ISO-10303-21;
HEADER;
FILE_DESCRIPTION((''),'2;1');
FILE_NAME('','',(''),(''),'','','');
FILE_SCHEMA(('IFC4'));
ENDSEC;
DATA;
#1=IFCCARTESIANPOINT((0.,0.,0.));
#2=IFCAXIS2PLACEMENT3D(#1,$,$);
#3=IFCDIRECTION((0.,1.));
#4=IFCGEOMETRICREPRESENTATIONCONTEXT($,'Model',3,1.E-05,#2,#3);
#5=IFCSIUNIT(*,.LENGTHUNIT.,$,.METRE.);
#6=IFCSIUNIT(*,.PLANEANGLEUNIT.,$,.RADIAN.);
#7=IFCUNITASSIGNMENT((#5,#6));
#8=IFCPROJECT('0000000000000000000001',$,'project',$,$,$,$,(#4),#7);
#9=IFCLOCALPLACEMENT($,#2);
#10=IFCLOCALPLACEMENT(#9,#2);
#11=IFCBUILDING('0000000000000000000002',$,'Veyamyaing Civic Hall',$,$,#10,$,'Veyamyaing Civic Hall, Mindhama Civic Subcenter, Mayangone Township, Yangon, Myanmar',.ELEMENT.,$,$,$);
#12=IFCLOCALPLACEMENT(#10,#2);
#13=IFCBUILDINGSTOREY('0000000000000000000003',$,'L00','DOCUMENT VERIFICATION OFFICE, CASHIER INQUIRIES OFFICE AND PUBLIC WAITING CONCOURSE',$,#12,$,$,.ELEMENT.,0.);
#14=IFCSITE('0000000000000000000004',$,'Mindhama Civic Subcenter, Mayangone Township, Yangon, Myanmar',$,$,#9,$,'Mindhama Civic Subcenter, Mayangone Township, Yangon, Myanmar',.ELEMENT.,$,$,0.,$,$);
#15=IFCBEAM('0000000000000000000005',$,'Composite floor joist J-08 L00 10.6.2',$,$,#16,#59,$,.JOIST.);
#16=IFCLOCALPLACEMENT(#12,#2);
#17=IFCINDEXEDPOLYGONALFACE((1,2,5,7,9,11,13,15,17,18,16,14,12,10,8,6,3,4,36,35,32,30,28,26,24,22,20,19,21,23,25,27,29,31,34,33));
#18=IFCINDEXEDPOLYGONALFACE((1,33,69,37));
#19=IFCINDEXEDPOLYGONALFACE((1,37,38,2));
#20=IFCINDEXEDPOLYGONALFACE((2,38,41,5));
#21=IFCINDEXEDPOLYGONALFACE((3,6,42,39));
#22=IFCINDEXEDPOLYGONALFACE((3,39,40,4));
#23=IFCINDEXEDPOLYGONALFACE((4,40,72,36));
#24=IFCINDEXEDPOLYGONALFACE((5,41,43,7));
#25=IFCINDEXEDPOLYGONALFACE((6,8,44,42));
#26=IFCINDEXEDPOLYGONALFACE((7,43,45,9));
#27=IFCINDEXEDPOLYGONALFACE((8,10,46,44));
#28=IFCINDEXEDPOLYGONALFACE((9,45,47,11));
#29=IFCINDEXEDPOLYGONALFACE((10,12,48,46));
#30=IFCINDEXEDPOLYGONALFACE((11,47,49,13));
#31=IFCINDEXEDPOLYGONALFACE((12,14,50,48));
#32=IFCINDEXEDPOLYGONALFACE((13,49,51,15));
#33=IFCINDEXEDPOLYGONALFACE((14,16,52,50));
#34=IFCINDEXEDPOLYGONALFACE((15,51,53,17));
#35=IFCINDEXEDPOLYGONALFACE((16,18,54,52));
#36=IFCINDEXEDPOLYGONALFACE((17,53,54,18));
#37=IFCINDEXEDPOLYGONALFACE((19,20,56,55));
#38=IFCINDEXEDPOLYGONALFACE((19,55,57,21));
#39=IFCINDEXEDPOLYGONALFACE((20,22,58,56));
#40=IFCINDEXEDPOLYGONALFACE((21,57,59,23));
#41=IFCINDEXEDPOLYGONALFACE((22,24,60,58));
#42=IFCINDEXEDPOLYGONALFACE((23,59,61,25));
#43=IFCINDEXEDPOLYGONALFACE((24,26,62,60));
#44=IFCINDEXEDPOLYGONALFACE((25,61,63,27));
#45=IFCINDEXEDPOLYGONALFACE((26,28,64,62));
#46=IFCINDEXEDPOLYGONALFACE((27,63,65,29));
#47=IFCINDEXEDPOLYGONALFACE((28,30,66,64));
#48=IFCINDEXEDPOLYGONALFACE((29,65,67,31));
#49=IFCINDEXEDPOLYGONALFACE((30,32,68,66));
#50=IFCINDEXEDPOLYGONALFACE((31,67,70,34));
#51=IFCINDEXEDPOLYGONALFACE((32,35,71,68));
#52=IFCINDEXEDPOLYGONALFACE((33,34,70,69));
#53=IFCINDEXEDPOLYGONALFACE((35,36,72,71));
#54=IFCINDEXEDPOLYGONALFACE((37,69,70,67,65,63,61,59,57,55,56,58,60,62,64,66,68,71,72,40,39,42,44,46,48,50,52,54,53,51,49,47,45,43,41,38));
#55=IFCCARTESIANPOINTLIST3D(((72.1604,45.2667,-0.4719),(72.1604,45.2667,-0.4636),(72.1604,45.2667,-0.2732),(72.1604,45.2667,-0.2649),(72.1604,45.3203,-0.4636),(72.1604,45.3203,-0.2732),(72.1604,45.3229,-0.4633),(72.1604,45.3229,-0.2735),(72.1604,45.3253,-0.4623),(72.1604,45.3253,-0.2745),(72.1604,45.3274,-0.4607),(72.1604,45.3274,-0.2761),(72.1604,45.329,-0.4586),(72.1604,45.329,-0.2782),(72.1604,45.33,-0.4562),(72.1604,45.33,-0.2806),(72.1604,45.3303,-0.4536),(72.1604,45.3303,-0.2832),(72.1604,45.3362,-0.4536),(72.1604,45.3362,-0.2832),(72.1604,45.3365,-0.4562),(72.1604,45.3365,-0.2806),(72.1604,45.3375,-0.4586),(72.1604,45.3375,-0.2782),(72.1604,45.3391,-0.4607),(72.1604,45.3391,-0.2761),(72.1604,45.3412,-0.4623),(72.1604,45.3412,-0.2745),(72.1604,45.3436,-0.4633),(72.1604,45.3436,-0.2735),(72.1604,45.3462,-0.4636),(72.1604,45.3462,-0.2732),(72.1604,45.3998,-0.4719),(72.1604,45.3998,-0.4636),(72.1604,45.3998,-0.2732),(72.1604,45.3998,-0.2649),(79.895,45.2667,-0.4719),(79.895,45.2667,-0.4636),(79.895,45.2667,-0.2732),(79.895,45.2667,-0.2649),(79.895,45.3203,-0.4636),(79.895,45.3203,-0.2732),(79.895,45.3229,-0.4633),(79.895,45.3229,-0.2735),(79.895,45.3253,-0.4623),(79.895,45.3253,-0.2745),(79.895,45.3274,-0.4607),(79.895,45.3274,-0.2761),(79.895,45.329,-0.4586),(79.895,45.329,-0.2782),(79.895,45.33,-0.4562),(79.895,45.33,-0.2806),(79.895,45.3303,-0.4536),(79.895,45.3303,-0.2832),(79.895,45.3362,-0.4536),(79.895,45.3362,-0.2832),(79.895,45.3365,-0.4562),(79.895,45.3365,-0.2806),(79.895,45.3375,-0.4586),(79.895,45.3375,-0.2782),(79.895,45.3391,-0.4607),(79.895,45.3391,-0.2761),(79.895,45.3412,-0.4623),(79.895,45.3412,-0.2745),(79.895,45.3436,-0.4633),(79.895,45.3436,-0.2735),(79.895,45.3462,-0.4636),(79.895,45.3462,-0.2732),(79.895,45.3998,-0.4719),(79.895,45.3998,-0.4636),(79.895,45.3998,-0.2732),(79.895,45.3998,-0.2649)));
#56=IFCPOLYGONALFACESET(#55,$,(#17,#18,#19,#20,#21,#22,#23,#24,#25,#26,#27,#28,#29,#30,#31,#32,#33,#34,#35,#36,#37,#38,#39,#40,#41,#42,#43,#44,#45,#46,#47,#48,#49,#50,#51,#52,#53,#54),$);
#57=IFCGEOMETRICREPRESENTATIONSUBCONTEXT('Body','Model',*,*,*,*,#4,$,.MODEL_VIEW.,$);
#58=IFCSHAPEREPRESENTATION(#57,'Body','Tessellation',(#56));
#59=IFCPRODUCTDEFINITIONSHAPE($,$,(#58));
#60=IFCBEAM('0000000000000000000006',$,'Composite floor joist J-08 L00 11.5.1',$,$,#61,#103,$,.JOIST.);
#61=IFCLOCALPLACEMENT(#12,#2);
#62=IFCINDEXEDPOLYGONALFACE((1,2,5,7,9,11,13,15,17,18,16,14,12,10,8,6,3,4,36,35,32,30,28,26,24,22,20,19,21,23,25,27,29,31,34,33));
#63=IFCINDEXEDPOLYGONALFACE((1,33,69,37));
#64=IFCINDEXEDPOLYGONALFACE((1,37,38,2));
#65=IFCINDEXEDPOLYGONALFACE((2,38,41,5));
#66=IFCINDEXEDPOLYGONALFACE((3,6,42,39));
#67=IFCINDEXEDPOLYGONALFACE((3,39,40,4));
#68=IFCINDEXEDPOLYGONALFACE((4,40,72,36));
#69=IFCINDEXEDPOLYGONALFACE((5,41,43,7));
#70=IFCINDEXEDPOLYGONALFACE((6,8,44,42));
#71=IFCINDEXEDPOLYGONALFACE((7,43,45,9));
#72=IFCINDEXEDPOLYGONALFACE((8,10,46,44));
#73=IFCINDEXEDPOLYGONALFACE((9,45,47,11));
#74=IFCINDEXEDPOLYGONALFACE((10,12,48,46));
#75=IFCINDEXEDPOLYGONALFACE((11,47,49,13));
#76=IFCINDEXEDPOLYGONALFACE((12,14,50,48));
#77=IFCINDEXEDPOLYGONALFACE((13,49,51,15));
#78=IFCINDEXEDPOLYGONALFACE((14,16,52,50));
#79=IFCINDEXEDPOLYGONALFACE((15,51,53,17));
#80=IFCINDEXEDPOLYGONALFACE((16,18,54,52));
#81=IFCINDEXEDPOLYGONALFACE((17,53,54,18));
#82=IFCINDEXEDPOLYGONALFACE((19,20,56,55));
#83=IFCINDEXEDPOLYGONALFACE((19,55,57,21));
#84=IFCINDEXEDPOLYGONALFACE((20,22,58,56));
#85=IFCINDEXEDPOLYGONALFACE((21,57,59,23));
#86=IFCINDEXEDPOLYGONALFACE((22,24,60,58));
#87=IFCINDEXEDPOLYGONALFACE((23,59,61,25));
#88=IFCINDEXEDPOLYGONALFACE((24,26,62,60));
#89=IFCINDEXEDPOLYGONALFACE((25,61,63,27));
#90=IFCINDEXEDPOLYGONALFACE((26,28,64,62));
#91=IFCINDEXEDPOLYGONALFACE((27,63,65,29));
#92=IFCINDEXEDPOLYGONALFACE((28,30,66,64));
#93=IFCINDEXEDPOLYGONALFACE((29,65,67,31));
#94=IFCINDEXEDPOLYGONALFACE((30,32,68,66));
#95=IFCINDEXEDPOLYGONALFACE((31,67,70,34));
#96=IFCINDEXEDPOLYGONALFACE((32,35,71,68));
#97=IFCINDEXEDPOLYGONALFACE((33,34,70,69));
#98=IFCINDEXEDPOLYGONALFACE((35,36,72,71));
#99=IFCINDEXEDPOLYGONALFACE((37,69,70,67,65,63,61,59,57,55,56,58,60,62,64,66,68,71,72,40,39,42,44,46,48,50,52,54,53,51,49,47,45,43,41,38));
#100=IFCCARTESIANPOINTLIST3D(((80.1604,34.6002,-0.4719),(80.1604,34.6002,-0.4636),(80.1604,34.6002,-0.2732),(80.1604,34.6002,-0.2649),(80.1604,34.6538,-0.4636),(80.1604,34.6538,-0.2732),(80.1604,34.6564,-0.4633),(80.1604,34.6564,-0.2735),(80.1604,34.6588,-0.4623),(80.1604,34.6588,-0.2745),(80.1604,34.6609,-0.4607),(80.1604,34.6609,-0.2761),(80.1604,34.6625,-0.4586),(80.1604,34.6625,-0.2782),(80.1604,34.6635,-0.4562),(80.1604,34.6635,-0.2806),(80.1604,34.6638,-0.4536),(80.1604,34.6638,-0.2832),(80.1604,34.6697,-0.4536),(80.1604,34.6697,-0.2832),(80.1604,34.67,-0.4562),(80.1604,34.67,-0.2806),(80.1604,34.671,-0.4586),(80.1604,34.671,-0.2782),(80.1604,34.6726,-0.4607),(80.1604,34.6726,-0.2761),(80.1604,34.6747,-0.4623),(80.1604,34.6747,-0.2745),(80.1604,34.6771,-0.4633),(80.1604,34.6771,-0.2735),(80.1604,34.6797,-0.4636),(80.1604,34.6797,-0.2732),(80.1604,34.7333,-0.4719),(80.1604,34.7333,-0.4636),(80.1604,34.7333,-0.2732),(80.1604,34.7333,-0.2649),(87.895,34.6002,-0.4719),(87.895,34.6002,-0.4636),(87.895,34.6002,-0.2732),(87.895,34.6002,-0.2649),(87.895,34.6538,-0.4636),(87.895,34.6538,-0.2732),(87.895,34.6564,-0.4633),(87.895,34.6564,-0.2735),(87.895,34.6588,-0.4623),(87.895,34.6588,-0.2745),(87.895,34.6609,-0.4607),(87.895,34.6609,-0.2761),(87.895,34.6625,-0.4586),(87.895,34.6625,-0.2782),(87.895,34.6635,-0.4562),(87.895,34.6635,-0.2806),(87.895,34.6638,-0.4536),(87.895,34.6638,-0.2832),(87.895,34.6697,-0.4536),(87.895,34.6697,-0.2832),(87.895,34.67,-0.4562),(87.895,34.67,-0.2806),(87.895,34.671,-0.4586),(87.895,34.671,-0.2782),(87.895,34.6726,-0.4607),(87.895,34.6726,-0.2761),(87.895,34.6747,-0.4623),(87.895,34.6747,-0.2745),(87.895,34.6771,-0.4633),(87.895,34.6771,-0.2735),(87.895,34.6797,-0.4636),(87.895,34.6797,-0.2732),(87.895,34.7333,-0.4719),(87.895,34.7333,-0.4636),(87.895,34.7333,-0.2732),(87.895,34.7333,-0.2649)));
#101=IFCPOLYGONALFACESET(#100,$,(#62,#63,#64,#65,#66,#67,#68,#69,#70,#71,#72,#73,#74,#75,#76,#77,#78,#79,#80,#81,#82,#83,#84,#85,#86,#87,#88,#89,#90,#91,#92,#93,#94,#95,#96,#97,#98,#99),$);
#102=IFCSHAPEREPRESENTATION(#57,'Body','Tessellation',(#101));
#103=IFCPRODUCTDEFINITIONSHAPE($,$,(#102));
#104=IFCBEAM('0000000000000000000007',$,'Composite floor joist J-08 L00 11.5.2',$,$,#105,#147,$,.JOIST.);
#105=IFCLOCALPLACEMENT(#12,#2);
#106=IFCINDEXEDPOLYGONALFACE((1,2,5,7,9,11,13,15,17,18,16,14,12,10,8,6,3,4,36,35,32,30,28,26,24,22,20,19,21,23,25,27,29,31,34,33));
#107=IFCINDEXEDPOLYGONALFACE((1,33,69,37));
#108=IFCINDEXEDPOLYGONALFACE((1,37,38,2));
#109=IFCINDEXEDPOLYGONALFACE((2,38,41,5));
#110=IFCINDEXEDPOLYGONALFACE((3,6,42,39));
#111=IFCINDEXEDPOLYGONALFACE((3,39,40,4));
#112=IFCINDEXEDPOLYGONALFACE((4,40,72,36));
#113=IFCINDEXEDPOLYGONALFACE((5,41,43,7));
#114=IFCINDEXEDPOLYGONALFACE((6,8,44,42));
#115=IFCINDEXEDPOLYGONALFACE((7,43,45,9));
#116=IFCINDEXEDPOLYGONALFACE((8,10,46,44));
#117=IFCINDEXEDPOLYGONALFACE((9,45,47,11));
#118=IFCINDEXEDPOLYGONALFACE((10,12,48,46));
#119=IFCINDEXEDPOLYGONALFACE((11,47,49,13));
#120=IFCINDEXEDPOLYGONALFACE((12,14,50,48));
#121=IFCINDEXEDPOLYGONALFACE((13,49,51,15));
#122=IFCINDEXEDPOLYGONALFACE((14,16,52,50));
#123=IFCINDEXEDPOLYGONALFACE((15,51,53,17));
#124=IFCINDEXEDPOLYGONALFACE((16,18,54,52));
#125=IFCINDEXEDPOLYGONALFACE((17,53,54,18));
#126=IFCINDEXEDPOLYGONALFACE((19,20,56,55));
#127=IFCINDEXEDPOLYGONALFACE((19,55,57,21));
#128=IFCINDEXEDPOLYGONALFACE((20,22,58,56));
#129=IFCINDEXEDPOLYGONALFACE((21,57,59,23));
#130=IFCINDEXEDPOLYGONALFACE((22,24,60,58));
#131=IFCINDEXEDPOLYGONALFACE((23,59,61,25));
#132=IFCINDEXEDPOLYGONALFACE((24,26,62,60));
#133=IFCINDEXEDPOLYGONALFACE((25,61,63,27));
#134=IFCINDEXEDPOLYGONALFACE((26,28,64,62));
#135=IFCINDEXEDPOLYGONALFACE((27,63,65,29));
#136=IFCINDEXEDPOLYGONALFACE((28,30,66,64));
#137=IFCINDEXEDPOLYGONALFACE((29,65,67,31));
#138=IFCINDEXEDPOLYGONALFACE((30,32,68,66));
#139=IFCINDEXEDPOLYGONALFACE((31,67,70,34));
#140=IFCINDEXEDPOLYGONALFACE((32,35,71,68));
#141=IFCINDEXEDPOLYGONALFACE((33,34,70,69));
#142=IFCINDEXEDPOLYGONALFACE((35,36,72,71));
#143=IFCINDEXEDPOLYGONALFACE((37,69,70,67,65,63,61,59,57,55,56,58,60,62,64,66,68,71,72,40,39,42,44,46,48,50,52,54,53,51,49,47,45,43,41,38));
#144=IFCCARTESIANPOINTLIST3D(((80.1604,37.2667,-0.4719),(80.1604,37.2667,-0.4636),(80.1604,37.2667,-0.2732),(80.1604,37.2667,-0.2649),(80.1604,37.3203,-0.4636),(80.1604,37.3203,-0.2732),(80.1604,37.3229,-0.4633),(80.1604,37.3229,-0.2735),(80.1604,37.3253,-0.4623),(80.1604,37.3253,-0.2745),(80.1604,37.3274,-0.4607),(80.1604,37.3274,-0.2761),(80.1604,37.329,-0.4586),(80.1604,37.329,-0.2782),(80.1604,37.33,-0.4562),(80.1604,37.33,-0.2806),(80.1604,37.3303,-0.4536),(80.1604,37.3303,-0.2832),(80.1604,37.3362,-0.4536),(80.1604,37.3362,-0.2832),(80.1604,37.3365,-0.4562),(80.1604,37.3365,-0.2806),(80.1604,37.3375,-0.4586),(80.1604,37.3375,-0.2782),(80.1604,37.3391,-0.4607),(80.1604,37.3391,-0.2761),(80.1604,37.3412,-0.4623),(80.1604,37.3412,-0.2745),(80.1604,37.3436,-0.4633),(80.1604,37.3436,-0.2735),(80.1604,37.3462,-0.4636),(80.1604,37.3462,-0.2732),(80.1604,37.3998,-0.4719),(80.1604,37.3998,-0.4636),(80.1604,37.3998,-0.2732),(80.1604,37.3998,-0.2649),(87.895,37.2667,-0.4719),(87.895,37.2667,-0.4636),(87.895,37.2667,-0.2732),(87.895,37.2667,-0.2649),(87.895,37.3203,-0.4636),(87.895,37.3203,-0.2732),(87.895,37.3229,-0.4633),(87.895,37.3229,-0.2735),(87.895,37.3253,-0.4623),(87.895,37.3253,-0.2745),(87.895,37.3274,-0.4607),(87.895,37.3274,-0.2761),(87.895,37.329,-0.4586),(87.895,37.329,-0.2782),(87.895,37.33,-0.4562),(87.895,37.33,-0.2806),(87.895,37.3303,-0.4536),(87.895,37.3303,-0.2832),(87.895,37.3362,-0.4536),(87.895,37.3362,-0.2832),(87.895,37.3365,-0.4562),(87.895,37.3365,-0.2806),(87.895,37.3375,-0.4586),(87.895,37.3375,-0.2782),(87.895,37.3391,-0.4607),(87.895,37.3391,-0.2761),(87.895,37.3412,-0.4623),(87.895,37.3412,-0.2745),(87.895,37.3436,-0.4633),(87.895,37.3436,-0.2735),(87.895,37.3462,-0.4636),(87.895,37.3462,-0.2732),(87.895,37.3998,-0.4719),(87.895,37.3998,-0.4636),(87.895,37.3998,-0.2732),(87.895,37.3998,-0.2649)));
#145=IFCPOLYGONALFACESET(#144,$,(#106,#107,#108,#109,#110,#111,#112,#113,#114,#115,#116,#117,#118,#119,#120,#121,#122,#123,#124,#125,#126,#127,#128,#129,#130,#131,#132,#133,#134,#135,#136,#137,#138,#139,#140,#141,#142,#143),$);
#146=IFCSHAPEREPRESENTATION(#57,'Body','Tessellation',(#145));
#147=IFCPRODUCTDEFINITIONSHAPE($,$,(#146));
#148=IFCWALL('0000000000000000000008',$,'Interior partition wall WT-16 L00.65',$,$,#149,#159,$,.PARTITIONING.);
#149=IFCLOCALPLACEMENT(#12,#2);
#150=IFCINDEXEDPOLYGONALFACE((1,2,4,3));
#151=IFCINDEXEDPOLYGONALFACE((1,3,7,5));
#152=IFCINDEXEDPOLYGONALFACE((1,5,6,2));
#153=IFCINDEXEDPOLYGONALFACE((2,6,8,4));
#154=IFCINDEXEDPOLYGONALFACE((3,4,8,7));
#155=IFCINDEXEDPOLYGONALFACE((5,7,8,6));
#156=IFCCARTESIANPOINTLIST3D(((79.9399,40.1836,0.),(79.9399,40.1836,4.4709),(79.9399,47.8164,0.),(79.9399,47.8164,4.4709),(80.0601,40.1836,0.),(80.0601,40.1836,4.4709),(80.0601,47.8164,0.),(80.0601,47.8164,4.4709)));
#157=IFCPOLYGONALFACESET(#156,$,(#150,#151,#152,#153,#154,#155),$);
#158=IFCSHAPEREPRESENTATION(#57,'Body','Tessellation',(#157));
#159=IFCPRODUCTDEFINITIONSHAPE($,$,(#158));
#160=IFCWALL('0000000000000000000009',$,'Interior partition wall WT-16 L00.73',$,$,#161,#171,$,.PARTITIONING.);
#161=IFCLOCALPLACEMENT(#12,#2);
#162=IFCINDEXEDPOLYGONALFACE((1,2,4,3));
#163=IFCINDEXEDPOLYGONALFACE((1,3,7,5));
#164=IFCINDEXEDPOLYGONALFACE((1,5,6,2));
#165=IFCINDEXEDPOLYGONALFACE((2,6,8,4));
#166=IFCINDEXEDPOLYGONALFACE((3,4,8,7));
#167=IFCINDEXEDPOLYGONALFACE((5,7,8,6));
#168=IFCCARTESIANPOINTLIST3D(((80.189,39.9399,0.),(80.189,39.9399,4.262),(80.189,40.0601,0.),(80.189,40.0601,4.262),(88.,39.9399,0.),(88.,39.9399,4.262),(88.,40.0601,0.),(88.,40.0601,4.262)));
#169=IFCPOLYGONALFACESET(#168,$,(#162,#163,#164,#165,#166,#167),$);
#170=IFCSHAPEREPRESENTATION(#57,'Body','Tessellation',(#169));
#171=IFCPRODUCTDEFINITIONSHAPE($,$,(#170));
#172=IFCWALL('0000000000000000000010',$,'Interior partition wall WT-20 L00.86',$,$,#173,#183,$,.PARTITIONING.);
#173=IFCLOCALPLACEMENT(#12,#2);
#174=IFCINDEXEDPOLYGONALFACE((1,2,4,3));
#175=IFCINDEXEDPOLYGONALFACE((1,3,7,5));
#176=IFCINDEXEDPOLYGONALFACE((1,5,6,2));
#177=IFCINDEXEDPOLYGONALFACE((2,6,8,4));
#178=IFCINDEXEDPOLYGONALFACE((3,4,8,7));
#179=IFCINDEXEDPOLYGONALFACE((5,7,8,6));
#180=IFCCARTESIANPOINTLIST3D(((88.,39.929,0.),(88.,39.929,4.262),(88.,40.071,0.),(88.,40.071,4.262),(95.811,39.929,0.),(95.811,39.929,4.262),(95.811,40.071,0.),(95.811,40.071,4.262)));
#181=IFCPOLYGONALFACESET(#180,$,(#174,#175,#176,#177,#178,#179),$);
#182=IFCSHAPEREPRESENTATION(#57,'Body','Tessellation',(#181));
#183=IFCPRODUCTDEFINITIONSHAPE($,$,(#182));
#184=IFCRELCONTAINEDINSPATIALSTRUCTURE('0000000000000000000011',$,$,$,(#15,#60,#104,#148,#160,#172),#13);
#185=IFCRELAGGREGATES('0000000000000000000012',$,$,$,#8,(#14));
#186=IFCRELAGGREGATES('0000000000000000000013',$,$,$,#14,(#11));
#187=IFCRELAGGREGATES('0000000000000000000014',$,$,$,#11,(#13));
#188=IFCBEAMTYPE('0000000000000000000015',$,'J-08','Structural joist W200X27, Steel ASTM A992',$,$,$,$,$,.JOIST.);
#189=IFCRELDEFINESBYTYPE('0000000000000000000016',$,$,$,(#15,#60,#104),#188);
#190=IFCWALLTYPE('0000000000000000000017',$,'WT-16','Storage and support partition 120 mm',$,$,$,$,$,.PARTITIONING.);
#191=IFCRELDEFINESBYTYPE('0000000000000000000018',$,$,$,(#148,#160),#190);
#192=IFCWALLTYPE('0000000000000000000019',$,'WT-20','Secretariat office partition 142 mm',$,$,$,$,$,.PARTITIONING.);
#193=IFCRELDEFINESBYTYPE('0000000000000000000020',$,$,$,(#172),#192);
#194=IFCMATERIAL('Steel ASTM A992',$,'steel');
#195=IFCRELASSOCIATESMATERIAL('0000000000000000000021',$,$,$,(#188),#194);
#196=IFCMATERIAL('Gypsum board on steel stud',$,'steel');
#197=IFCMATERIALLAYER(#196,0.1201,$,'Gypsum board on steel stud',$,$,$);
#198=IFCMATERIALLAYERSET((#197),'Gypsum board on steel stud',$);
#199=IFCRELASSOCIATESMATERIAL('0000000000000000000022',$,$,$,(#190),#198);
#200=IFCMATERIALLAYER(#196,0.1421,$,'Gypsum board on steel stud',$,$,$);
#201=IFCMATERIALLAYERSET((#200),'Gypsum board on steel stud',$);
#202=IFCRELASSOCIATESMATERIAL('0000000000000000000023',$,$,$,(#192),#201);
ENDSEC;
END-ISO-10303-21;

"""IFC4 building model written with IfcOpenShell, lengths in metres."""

from ifc_helpers import new_model, si_unit, direction, frame, frame_2d, origin, origin_2d, place, context, subcontext, project, spatial, rectangle, i_section, extrude, material, layer, layer_set, material_profile, profile_set, type_object, element, save


model = new_model("IFC4")

# Units and contexts
model_context = context("Model", 3, precision=1e-05, world=origin(), true_north=direction((0.0, 1.0)))
body_context = subcontext(model_context, "Body", "Model", "MODEL_VIEW")
ifc_project = project(units=[si_unit("LENGTHUNIT", "METRE"), si_unit("PLANEANGLEUNIT", "RADIAN")], contexts=[model_context])

# Site, building, storey
site_placement = place(None, origin())
site = spatial("IfcSite", under=ifc_project, at=site_placement, Name="Mindhama Civic Subcenter, Mayangone Township, Yangon, Myanmar", LongName="Mindhama Civic Subcenter, Mayangone Township, Yangon, Myanmar", CompositionType="ELEMENT", RefElevation=0.0)
building_placement = place(site_placement, origin())
building = spatial("IfcBuilding", under=site, at=building_placement, Name="Veyamyaing Civic Hall", LongName="Veyamyaing Civic Hall, Mindhama Civic Subcenter, Mayangone Township, Yangon, Myanmar", CompositionType="ELEMENT")
storey_placement = place(building_placement, origin())
storey = spatial("IfcBuildingStorey", under=building, at=storey_placement, Name="L00", Description="DOCUMENT VERIFICATION OFFICE, CASHIER INQUIRIES OFFICE AND PUBLIC WAITING CONCOURSE", CompositionType="ELEMENT", Elevation=0.0)

# Beams
ifc_material_1 = material(Name="Steel ASTM A992", Category="steel")
ifc_material_profile_1 = material_profile(ifc_material_1, i_section(OverallWidth=0.1331, OverallDepth=0.207, WebThickness=0.0059, FlangeThickness=0.0083, FilletRadius=0.01, at=origin_2d()), Name="W200X27")
ifc_profile_set_1 = profile_set([ifc_material_profile_1], Name="Steel ASTM A992")
beam_type_1 = type_object("IfcBeamType", Name="J-08", Description="Structural joist W200X27, Steel ASTM A992", PredefinedType="JOIST", material=ifc_profile_set_1)
for number, where, z_axis, x_axis, name in (
    (1, (72.1604, 45.3333, -0.3684), (1.0, 0.0, 0.0), (0.0, 1.0, 0.0), "Composite floor joist J-08 L00 10.6.2"),
    (2, (80.1604, 34.6667, -0.3684), (1.0, 0.0, 0.0), (0.0, 1.0, 0.0), "Composite floor joist J-08 L00 11.5.1"),
    (3, (80.1604, 37.3333, -0.3684), (1.0, 0.0, 0.0), (0.0, 1.0, 0.0), "Composite floor joist J-08 L00 11.5.2"),
):
    element("IfcBeam", number, at=place(storey_placement, frame(where, z_axis=z_axis, x_axis=x_axis)), inside=storey, type_object=beam_type_1, Name=name, PredefinedType="JOIST", context=body_context, shape_type="SweptSolid", body=[
        extrude(i_section(OverallWidth=0.1331, OverallDepth=0.207, WebThickness=0.0059, FlangeThickness=0.0083, FilletRadius=0.01, at=origin_2d()), origin(), (0.0, 0.0, 1.0), 7.7346),
    ])

# Walls
ifc_material_2 = material(Name="Gypsum board on steel stud", Category="steel")
ifc_layer_1 = layer(ifc_material_2, 0.1201, Name="Gypsum board on steel stud")
ifc_layer_set_1 = layer_set([ifc_layer_1], Name="Gypsum board on steel stud")
wall_type_1 = type_object("IfcWallType", Name="WT-16", Description="Storage and support partition 120 mm", PredefinedType="PARTITIONING", material=ifc_layer_set_1)
wall_1_placement = place(storey_placement, frame((80.0, 40.1836, 0.0), z_axis=(0.0, 0.0, 1.0), x_axis=(0.0, 1.0, 0.0)))
element("IfcWall", 4, at=wall_1_placement, inside=storey, type_object=wall_type_1, Name="Interior partition wall WT-16 L00.65", PredefinedType="PARTITIONING", context=body_context, shape_type="SweptSolid", body=[
    extrude(rectangle(XDim=7.6328, YDim=0.1201, at=frame_2d((3.8164, 0.0))), origin(), (0.0, 0.0, 1.0), 4.4709),
])
wall_2_placement = place(storey_placement, frame((80.189, 40.0, 0.0), z_axis=(0.0, 0.0, 1.0), x_axis=(1.0, 0.0, 0.0)))
element("IfcWall", 5, at=wall_2_placement, inside=storey, type_object=wall_type_1, Name="Interior partition wall WT-16 L00.73", PredefinedType="PARTITIONING", context=body_context, shape_type="SweptSolid", body=[
    extrude(rectangle(XDim=7.811, YDim=0.1201, at=frame_2d((3.9055, 0.0))), origin(), (0.0, 0.0, 1.0), 4.262),
])
ifc_layer_2 = layer(ifc_material_2, 0.1421, Name="Gypsum board on steel stud")
ifc_layer_set_2 = layer_set([ifc_layer_2], Name="Gypsum board on steel stud")
wall_type_2 = type_object("IfcWallType", Name="WT-20", Description="Secretariat office partition 142 mm", PredefinedType="PARTITIONING", material=ifc_layer_set_2)
wall_3_placement = place(storey_placement, frame((88.0, 40.0, 0.0), z_axis=(0.0, 0.0, 1.0), x_axis=(1.0, 0.0, 0.0)))
element("IfcWall", 6, at=wall_3_placement, inside=storey, type_object=wall_type_2, Name="Interior partition wall WT-20 L00.86", PredefinedType="PARTITIONING", context=body_context, shape_type="SweptSolid", body=[
    extrude(rectangle(XDim=7.811, YDim=0.1421, at=frame_2d((3.9055, 0.0))), origin(), (0.0, 0.0, 1.0), 4.262),
])

save(model, "model.ifc")
